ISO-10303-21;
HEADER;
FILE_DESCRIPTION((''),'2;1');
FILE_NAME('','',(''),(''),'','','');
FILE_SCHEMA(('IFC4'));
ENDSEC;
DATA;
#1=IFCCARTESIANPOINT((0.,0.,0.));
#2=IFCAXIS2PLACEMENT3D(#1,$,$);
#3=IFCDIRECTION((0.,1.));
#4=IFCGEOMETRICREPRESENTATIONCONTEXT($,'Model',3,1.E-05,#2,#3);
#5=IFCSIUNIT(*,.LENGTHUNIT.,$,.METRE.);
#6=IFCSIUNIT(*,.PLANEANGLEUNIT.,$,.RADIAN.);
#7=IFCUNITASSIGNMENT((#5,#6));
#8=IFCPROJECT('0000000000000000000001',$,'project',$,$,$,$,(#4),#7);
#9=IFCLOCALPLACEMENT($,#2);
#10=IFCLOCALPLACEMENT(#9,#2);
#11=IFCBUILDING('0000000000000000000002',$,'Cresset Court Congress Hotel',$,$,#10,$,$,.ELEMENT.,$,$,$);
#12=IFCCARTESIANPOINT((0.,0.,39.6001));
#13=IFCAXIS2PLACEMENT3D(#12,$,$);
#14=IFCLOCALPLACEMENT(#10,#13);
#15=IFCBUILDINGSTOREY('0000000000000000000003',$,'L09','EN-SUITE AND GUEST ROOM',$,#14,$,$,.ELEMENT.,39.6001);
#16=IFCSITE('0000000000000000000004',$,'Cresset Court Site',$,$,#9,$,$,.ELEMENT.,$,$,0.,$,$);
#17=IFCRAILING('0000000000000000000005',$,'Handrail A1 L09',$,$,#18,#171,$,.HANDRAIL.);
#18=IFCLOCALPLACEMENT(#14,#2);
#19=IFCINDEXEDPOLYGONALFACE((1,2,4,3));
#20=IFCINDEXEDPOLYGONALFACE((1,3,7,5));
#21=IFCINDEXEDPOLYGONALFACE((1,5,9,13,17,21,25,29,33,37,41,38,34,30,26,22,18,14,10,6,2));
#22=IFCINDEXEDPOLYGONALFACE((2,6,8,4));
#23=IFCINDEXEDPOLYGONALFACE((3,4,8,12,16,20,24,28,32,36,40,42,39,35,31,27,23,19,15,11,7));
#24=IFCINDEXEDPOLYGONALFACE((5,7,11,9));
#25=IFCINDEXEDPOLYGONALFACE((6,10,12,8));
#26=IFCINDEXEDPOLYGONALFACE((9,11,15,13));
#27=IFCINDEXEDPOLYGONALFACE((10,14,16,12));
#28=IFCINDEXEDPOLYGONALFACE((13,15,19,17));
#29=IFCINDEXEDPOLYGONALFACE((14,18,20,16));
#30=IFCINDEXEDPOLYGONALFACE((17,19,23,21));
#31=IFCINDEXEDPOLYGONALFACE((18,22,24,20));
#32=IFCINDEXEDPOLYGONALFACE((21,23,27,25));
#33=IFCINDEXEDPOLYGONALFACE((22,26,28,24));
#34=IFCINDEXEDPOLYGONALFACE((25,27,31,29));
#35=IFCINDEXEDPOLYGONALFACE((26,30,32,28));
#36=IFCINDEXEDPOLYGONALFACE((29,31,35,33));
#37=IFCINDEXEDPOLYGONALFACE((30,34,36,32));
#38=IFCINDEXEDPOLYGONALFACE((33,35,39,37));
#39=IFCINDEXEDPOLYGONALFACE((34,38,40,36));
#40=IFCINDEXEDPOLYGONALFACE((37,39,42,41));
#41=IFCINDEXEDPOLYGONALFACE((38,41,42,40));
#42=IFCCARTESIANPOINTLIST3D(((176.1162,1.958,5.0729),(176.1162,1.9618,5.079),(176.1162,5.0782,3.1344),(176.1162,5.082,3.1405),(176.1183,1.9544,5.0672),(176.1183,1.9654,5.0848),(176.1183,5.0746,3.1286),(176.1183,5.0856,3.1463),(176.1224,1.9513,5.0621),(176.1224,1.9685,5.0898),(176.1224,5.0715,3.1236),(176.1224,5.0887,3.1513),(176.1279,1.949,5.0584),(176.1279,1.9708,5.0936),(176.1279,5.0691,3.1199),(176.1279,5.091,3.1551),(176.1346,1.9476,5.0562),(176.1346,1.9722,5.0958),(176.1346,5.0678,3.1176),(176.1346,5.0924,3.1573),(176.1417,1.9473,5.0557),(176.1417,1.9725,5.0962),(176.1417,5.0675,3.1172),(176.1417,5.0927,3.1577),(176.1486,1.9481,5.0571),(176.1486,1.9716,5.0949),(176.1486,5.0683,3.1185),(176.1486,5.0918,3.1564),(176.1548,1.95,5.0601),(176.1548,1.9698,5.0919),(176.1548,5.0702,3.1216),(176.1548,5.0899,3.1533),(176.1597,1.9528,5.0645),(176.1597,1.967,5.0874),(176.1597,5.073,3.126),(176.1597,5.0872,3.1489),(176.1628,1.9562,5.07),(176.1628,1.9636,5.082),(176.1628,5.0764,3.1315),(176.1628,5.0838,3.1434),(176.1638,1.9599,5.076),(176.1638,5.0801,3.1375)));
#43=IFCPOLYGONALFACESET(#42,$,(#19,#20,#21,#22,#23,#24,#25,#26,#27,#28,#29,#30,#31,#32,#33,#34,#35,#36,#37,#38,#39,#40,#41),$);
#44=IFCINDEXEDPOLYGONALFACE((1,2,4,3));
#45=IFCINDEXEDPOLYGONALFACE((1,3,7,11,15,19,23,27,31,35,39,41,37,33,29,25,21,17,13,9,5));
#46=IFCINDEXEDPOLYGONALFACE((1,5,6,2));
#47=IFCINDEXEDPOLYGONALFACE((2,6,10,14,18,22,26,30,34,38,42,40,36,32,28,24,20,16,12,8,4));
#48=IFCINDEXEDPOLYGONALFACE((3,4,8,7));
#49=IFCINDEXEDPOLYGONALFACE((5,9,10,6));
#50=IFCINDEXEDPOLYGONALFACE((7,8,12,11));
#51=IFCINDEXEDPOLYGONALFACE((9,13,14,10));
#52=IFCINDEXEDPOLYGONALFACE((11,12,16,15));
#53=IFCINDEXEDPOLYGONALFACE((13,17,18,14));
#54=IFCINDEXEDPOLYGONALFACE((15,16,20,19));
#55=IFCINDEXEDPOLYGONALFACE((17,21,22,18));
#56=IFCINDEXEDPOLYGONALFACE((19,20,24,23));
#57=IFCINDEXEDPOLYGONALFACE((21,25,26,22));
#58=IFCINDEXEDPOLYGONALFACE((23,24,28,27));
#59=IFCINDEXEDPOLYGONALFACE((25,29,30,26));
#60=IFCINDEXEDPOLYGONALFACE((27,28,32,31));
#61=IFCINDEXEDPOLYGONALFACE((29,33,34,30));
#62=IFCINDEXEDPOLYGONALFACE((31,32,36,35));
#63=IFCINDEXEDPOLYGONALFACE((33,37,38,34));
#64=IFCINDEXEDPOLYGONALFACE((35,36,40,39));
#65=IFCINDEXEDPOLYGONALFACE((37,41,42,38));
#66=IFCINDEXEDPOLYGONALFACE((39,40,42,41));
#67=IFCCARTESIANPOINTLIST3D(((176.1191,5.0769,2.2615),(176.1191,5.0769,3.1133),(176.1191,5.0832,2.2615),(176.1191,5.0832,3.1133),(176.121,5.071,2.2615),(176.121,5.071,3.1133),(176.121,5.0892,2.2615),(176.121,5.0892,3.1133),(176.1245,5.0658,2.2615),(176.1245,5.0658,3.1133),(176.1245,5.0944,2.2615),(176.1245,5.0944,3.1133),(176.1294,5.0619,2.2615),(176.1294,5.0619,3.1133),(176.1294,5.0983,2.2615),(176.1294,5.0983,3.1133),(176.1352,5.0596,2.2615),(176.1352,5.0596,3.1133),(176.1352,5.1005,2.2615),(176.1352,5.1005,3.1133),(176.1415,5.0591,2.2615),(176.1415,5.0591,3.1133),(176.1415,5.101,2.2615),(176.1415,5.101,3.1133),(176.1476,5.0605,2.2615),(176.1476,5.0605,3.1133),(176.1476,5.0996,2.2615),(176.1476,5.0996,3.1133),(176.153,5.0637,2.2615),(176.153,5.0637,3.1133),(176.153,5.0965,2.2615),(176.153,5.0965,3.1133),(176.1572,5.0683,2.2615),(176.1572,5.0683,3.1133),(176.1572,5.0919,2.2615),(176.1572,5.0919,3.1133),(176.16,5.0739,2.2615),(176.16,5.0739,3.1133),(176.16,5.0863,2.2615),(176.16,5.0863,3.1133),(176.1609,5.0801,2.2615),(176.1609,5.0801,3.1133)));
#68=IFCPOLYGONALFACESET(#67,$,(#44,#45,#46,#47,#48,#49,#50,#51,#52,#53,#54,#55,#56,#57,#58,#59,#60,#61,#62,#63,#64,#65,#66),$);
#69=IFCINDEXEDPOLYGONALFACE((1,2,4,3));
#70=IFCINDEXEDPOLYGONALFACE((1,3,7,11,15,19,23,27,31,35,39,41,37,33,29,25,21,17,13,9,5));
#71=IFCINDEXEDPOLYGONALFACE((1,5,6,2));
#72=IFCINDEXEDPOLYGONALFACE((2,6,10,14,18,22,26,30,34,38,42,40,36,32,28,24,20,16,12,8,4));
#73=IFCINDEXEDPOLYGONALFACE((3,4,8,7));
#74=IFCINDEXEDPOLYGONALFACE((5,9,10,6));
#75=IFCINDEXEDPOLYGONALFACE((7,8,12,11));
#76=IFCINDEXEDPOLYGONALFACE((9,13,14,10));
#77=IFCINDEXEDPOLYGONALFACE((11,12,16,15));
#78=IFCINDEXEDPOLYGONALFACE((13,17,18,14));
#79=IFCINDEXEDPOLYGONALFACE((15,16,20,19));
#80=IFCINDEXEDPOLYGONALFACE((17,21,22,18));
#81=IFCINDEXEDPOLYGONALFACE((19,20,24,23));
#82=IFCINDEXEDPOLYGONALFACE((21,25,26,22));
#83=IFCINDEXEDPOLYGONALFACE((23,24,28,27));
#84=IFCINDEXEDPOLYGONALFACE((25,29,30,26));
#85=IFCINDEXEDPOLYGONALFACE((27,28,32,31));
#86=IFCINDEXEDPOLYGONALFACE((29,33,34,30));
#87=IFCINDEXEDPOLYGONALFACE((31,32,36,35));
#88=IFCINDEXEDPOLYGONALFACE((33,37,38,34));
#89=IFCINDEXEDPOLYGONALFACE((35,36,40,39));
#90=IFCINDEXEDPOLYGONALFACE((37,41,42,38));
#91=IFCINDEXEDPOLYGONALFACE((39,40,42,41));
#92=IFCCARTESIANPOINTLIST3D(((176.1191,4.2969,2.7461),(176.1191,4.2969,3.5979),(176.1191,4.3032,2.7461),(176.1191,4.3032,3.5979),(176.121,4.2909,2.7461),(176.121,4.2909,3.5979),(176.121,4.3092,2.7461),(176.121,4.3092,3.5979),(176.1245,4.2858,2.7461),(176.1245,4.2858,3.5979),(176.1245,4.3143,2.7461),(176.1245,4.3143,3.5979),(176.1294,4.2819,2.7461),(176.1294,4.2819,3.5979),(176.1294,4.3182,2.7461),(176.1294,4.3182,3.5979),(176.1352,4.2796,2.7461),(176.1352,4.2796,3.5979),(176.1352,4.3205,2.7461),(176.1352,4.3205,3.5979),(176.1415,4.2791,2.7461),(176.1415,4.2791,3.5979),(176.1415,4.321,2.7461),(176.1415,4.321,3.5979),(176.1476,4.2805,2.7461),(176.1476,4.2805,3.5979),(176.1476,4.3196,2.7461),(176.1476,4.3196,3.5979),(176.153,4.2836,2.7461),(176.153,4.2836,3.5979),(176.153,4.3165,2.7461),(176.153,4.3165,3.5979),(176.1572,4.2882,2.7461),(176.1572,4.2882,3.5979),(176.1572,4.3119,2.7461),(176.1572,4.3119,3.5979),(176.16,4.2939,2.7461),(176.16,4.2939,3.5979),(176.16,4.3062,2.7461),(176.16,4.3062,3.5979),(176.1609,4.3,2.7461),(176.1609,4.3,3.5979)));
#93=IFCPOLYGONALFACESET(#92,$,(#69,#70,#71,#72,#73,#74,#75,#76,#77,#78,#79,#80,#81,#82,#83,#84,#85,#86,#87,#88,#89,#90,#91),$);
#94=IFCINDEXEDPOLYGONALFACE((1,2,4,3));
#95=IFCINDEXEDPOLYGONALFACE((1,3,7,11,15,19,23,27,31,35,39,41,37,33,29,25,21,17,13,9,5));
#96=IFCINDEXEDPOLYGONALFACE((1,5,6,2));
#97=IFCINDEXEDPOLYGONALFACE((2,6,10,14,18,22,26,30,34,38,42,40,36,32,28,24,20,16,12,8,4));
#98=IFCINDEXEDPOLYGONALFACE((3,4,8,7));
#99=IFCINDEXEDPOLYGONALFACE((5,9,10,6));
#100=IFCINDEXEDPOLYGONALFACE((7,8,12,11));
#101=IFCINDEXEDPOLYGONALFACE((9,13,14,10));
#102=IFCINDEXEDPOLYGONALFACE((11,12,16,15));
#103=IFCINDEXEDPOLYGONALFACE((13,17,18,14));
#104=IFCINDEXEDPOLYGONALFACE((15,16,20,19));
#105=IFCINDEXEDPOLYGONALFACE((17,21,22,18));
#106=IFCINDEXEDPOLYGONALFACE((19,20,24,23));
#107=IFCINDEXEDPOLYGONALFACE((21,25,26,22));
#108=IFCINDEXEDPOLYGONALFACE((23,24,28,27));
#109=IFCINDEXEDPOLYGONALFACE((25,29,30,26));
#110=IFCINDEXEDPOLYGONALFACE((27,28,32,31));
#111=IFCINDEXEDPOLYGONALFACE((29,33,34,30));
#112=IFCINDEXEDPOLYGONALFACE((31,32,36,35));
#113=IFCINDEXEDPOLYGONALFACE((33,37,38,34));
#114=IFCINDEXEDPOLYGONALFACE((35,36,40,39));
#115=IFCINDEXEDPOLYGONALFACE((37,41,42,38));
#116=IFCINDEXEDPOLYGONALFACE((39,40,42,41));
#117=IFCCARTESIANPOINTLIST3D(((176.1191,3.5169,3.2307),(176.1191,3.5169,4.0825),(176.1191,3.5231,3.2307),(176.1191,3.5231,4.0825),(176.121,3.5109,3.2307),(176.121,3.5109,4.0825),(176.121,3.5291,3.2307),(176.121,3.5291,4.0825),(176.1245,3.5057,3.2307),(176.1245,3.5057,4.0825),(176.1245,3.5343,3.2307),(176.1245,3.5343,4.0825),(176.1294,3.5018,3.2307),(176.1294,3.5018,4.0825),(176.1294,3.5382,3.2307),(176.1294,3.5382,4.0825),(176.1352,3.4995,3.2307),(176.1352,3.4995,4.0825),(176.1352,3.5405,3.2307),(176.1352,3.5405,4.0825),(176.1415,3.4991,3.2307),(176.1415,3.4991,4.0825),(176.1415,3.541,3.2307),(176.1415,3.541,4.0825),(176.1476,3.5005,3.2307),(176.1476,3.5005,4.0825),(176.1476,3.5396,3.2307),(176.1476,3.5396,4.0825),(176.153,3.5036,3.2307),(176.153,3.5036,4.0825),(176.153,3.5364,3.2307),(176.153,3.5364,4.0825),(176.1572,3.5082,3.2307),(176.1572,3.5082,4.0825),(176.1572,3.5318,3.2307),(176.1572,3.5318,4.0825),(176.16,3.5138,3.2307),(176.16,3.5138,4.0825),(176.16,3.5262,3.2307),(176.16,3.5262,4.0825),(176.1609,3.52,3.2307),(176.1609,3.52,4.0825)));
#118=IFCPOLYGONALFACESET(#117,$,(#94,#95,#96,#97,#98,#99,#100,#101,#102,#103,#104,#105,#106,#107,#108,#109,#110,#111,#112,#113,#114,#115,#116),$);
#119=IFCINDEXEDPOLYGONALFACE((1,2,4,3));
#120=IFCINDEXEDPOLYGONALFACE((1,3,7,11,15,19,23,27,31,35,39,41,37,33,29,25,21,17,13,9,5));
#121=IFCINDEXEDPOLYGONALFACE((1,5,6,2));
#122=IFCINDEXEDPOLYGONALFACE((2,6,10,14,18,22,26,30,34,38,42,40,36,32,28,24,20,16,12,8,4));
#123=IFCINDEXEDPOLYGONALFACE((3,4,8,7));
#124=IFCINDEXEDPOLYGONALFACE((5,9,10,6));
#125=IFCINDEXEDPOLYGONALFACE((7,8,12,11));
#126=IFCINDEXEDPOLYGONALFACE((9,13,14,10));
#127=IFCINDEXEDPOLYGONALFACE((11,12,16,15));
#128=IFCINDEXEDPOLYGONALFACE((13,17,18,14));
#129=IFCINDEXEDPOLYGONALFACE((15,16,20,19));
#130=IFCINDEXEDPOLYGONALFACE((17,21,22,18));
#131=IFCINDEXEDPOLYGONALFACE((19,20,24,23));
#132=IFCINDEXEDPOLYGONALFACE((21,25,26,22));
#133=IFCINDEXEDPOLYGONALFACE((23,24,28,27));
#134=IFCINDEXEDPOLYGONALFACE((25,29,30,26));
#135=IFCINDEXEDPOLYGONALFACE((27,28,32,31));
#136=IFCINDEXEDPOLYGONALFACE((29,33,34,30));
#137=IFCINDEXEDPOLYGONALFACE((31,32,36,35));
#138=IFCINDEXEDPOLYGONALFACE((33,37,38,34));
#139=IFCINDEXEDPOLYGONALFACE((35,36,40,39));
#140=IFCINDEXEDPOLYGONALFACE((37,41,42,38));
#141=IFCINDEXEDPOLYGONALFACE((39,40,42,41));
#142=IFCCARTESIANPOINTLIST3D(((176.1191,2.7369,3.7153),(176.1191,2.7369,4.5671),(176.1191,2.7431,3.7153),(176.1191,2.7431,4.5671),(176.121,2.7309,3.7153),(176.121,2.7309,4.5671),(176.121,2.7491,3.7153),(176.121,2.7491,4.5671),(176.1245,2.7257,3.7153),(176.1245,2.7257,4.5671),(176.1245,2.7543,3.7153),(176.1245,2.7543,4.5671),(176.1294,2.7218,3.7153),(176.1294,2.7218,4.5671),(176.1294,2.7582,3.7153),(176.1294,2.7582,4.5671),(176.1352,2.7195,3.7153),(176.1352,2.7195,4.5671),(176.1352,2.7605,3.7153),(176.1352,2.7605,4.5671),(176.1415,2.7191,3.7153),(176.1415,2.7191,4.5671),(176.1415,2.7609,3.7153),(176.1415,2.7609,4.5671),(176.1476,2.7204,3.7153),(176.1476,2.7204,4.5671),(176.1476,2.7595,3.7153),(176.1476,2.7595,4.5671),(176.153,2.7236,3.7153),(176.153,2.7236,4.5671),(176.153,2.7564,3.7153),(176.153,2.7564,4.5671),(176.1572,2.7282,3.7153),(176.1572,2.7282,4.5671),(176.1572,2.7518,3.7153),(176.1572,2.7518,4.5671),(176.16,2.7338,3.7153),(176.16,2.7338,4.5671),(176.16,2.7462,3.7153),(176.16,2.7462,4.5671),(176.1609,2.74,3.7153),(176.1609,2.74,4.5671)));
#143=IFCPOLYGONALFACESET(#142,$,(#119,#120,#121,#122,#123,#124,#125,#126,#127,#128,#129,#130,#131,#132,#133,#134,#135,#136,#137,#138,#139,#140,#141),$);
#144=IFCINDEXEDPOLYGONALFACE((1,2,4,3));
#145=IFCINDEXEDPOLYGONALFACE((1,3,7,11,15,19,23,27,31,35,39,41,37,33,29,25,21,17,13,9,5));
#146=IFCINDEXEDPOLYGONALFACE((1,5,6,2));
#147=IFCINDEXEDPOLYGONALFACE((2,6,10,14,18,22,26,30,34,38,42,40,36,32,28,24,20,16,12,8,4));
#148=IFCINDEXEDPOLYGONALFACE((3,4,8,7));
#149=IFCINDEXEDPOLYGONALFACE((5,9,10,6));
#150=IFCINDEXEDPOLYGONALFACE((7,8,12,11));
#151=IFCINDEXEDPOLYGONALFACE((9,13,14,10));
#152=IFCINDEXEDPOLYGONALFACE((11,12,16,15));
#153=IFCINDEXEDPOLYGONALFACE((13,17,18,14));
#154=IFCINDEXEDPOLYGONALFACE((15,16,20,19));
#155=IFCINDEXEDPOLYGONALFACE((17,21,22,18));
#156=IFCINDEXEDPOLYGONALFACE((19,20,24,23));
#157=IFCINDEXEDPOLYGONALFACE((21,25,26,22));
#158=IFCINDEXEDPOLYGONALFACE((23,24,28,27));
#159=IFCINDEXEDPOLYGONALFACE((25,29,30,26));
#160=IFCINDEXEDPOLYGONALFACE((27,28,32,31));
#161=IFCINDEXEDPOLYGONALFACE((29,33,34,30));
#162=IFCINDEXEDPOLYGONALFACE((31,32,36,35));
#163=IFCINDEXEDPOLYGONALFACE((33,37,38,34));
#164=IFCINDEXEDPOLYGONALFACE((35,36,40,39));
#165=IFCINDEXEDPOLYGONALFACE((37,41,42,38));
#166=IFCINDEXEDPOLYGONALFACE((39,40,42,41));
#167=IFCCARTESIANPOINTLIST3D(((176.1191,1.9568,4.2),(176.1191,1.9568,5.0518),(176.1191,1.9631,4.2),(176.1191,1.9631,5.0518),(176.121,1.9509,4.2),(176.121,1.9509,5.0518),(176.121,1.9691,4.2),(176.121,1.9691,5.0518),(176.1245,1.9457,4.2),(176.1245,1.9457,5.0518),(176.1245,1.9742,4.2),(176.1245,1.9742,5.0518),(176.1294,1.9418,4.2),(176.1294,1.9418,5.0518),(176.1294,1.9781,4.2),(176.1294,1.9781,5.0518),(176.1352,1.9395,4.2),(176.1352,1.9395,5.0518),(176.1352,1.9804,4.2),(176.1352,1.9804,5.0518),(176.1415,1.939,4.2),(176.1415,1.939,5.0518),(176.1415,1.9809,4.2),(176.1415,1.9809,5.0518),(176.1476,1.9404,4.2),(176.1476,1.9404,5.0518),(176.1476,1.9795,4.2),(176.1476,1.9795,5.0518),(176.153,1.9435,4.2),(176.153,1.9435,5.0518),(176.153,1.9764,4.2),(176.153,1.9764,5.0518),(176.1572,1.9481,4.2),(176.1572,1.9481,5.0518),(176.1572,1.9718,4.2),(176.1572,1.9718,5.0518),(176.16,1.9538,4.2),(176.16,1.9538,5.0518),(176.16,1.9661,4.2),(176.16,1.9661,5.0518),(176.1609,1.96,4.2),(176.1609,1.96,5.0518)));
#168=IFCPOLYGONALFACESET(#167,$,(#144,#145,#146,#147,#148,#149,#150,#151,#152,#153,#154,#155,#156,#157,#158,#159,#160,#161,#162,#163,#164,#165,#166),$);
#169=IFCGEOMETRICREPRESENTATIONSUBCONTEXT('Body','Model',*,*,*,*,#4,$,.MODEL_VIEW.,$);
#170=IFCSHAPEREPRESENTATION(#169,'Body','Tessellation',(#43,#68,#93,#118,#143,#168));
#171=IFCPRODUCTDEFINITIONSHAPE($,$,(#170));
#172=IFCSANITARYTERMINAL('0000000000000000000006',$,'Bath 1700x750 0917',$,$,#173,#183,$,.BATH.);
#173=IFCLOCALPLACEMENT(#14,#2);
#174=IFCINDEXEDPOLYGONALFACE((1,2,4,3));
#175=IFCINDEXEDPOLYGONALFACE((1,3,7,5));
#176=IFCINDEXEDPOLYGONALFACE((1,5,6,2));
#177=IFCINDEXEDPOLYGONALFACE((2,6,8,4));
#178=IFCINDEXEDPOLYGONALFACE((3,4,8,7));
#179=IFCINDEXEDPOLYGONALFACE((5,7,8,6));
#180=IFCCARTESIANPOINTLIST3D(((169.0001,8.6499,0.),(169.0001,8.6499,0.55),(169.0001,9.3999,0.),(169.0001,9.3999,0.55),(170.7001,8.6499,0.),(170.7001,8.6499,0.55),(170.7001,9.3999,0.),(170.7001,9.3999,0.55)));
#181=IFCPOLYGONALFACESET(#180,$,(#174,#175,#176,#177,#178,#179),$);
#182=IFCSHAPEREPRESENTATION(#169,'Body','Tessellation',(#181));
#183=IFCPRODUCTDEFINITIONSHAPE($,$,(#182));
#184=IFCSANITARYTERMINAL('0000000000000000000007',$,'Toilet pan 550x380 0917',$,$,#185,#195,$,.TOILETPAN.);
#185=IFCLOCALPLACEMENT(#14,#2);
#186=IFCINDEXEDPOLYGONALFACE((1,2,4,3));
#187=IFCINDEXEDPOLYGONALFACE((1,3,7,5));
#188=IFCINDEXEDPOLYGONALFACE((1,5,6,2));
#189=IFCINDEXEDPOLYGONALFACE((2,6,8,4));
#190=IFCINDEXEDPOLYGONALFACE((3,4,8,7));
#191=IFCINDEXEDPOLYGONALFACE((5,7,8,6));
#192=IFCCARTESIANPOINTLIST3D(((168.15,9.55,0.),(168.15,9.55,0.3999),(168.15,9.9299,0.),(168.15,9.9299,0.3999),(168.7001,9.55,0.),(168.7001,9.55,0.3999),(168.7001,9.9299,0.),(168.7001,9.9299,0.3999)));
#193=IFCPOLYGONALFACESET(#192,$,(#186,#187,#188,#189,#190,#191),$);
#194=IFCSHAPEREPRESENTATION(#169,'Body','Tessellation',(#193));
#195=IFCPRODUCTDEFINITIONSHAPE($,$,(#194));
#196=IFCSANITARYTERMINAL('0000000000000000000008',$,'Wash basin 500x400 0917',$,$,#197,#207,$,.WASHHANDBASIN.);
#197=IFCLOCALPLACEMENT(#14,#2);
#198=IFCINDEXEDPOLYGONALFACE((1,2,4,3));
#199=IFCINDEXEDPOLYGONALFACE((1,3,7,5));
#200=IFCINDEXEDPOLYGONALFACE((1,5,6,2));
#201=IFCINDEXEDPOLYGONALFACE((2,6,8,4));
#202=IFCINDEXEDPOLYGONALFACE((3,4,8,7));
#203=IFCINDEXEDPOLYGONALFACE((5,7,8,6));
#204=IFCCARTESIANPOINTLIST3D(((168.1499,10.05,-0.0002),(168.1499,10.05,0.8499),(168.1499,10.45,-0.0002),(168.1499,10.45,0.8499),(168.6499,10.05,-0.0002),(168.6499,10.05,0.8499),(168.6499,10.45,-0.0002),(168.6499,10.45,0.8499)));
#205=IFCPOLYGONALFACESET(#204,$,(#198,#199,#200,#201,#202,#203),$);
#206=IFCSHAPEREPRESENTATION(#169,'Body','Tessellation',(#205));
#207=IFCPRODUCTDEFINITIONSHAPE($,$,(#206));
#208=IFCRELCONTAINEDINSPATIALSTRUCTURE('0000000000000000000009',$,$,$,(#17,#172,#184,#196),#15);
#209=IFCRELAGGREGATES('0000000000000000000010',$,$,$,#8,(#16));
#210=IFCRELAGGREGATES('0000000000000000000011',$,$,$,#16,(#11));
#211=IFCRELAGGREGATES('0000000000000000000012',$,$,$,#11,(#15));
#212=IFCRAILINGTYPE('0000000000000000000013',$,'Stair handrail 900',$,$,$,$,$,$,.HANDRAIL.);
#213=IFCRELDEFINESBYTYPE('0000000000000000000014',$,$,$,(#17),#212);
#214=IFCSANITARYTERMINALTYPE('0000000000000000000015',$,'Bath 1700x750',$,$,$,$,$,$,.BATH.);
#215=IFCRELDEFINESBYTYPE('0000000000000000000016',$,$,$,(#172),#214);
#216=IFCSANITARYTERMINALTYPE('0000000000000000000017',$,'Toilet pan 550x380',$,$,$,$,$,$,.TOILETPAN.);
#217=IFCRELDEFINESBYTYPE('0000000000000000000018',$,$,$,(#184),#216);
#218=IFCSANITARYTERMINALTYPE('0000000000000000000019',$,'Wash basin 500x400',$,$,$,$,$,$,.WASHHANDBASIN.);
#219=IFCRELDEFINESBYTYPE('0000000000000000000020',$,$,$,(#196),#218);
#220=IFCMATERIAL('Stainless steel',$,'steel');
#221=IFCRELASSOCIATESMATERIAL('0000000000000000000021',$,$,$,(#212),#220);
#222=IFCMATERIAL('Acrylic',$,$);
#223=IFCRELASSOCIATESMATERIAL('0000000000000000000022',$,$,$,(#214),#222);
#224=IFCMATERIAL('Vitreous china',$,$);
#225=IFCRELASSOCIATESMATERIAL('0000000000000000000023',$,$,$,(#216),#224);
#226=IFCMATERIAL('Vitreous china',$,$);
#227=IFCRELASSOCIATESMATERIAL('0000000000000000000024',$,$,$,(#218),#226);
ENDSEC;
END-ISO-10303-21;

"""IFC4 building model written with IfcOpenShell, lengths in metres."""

from ifc_helpers import new_model, si_unit, direction, frame, origin, origin_2d, place, context, subcontext, project, spatial, rectangle, circle, extrude, material, type_object, element, save


model = new_model("IFC4")

# Units and contexts
model_context = context("Model", 3, precision=1e-05, world=origin(), true_north=direction((0.0, 1.0)))
body_context = subcontext(model_context, "Body", "Model", "MODEL_VIEW")
ifc_project = project(units=[si_unit("LENGTHUNIT", "METRE"), si_unit("PLANEANGLEUNIT", "RADIAN")], contexts=[model_context])

# Site, building, storey
site_placement = place(None, origin())
site = spatial("IfcSite", under=ifc_project, at=site_placement, Name="Cresset Court Site", CompositionType="ELEMENT", RefElevation=0.0)
building_placement = place(site_placement, origin())
building = spatial("IfcBuilding", under=site, at=building_placement, Name="Cresset Court Congress Hotel", CompositionType="ELEMENT")
storey_placement = place(building_placement, frame((0.0, 0.0, 39.6001)))
storey = spatial("IfcBuildingStorey", under=building, at=storey_placement, Name="L09", Description="EN-SUITE AND GUEST ROOM", CompositionType="ELEMENT", Elevation=39.6001)

# Railing
ifc_material_1 = material(Name="Stainless steel", Category="steel")
railing_type_1 = type_object("IfcRailingType", Name="Stair handrail 900", PredefinedType="HANDRAIL", material=ifc_material_1)
for number, where, name in (
    (1, (176.1399, 5.0801, 2.2615), "Handrail A1 L09"),
):
    element("IfcRailing", number, at=place(storey_placement, frame(where)), inside=storey, type_object=railing_type_1, Name=name, PredefinedType="HANDRAIL", context=body_context, shape_type="SweptSolid", body=[
        extrude(circle(Radius=0.0239, at=origin_2d()), frame((0.0, 0.0, 0.876), z_axis=(0.0, -0.849414, 0.527727), x_axis=(1.0, 0.0, 0.0)), (0.0, 0.0, 1.0), 3.6733),
        extrude(circle(Radius=0.021, at=origin_2d()), origin(), (0.0, 0.0, 1.0), 0.8518),
        extrude(circle(Radius=0.021, at=origin_2d()), frame((0.0, -0.78, 0.4846)), (0.0, 0.0, 1.0), 0.8518),
        extrude(circle(Radius=0.021, at=origin_2d()), frame((0.0, -1.5601, 0.9692)), (0.0, 0.0, 1.0), 0.8518),
        extrude(circle(Radius=0.021, at=origin_2d()), frame((0.0, -2.3401, 1.4539)), (0.0, 0.0, 1.0), 0.8518),
        extrude(circle(Radius=0.021, at=origin_2d()), frame((0.0, -3.1201, 1.9385)), (0.0, 0.0, 1.0), 0.8518),
    ])

# Sanitary terminals
ifc_material_2 = material(Name="Acrylic")
sanitary_terminal_type_1 = type_object("IfcSanitaryTerminalType", Name="Bath 1700x750", PredefinedType="BATH", material=ifc_material_2)
sanitary_terminal_1_placement = place(storey_placement, frame((169.8501, 9.0249, 0.0), z_axis=(0.0, 0.0, 1.0), x_axis=(1.0, 0.0, 0.0)))
element("IfcSanitaryTerminal", 2, at=sanitary_terminal_1_placement, inside=storey, type_object=sanitary_terminal_type_1, Name="Bath 1700x750 0917", PredefinedType="BATH", context=body_context, shape_type="SweptSolid", body=[
    extrude(rectangle(XDim=1.7, YDim=0.75, at=origin_2d()), origin(), (0.0, 0.0, 1.0), 0.55),
])
ifc_material_3 = material(Name="Vitreous china")
sanitary_terminal_type_2 = type_object("IfcSanitaryTerminalType", Name="Toilet pan 550x380", PredefinedType="TOILETPAN", material=ifc_material_3)
sanitary_terminal_2_placement = place(storey_placement, frame((168.425, 9.74, 0.0), z_axis=(0.0, 0.0, 1.0), x_axis=(1.0, 0.0, 0.0)))
element("IfcSanitaryTerminal", 3, at=sanitary_terminal_2_placement, inside=storey, type_object=sanitary_terminal_type_2, Name="Toilet pan 550x380 0917", PredefinedType="TOILETPAN", context=body_context, shape_type="SweptSolid", body=[
    extrude(rectangle(XDim=0.55, YDim=0.3799, at=origin_2d()), origin(), (0.0, 0.0, 1.0), 0.3999),
])
ifc_material_4 = material(Name="Vitreous china")
sanitary_terminal_type_3 = type_object("IfcSanitaryTerminalType", Name="Wash basin 500x400", PredefinedType="WASHHANDBASIN", material=ifc_material_4)
sanitary_terminal_3_placement = place(storey_placement, frame((168.3999, 10.25, -0.0002), z_axis=(0.0, 0.0, 1.0), x_axis=(1.0, 0.0, 0.0)))
element("IfcSanitaryTerminal", 4, at=sanitary_terminal_3_placement, inside=storey, type_object=sanitary_terminal_type_3, Name="Wash basin 500x400 0917", PredefinedType="WASHHANDBASIN", context=body_context, shape_type="SweptSolid", body=[
    extrude(rectangle(XDim=0.5, YDim=0.3999, at=origin_2d()), origin(), (0.0, 0.0, 1.0), 0.8501),
])

save(model, "model.ifc")
